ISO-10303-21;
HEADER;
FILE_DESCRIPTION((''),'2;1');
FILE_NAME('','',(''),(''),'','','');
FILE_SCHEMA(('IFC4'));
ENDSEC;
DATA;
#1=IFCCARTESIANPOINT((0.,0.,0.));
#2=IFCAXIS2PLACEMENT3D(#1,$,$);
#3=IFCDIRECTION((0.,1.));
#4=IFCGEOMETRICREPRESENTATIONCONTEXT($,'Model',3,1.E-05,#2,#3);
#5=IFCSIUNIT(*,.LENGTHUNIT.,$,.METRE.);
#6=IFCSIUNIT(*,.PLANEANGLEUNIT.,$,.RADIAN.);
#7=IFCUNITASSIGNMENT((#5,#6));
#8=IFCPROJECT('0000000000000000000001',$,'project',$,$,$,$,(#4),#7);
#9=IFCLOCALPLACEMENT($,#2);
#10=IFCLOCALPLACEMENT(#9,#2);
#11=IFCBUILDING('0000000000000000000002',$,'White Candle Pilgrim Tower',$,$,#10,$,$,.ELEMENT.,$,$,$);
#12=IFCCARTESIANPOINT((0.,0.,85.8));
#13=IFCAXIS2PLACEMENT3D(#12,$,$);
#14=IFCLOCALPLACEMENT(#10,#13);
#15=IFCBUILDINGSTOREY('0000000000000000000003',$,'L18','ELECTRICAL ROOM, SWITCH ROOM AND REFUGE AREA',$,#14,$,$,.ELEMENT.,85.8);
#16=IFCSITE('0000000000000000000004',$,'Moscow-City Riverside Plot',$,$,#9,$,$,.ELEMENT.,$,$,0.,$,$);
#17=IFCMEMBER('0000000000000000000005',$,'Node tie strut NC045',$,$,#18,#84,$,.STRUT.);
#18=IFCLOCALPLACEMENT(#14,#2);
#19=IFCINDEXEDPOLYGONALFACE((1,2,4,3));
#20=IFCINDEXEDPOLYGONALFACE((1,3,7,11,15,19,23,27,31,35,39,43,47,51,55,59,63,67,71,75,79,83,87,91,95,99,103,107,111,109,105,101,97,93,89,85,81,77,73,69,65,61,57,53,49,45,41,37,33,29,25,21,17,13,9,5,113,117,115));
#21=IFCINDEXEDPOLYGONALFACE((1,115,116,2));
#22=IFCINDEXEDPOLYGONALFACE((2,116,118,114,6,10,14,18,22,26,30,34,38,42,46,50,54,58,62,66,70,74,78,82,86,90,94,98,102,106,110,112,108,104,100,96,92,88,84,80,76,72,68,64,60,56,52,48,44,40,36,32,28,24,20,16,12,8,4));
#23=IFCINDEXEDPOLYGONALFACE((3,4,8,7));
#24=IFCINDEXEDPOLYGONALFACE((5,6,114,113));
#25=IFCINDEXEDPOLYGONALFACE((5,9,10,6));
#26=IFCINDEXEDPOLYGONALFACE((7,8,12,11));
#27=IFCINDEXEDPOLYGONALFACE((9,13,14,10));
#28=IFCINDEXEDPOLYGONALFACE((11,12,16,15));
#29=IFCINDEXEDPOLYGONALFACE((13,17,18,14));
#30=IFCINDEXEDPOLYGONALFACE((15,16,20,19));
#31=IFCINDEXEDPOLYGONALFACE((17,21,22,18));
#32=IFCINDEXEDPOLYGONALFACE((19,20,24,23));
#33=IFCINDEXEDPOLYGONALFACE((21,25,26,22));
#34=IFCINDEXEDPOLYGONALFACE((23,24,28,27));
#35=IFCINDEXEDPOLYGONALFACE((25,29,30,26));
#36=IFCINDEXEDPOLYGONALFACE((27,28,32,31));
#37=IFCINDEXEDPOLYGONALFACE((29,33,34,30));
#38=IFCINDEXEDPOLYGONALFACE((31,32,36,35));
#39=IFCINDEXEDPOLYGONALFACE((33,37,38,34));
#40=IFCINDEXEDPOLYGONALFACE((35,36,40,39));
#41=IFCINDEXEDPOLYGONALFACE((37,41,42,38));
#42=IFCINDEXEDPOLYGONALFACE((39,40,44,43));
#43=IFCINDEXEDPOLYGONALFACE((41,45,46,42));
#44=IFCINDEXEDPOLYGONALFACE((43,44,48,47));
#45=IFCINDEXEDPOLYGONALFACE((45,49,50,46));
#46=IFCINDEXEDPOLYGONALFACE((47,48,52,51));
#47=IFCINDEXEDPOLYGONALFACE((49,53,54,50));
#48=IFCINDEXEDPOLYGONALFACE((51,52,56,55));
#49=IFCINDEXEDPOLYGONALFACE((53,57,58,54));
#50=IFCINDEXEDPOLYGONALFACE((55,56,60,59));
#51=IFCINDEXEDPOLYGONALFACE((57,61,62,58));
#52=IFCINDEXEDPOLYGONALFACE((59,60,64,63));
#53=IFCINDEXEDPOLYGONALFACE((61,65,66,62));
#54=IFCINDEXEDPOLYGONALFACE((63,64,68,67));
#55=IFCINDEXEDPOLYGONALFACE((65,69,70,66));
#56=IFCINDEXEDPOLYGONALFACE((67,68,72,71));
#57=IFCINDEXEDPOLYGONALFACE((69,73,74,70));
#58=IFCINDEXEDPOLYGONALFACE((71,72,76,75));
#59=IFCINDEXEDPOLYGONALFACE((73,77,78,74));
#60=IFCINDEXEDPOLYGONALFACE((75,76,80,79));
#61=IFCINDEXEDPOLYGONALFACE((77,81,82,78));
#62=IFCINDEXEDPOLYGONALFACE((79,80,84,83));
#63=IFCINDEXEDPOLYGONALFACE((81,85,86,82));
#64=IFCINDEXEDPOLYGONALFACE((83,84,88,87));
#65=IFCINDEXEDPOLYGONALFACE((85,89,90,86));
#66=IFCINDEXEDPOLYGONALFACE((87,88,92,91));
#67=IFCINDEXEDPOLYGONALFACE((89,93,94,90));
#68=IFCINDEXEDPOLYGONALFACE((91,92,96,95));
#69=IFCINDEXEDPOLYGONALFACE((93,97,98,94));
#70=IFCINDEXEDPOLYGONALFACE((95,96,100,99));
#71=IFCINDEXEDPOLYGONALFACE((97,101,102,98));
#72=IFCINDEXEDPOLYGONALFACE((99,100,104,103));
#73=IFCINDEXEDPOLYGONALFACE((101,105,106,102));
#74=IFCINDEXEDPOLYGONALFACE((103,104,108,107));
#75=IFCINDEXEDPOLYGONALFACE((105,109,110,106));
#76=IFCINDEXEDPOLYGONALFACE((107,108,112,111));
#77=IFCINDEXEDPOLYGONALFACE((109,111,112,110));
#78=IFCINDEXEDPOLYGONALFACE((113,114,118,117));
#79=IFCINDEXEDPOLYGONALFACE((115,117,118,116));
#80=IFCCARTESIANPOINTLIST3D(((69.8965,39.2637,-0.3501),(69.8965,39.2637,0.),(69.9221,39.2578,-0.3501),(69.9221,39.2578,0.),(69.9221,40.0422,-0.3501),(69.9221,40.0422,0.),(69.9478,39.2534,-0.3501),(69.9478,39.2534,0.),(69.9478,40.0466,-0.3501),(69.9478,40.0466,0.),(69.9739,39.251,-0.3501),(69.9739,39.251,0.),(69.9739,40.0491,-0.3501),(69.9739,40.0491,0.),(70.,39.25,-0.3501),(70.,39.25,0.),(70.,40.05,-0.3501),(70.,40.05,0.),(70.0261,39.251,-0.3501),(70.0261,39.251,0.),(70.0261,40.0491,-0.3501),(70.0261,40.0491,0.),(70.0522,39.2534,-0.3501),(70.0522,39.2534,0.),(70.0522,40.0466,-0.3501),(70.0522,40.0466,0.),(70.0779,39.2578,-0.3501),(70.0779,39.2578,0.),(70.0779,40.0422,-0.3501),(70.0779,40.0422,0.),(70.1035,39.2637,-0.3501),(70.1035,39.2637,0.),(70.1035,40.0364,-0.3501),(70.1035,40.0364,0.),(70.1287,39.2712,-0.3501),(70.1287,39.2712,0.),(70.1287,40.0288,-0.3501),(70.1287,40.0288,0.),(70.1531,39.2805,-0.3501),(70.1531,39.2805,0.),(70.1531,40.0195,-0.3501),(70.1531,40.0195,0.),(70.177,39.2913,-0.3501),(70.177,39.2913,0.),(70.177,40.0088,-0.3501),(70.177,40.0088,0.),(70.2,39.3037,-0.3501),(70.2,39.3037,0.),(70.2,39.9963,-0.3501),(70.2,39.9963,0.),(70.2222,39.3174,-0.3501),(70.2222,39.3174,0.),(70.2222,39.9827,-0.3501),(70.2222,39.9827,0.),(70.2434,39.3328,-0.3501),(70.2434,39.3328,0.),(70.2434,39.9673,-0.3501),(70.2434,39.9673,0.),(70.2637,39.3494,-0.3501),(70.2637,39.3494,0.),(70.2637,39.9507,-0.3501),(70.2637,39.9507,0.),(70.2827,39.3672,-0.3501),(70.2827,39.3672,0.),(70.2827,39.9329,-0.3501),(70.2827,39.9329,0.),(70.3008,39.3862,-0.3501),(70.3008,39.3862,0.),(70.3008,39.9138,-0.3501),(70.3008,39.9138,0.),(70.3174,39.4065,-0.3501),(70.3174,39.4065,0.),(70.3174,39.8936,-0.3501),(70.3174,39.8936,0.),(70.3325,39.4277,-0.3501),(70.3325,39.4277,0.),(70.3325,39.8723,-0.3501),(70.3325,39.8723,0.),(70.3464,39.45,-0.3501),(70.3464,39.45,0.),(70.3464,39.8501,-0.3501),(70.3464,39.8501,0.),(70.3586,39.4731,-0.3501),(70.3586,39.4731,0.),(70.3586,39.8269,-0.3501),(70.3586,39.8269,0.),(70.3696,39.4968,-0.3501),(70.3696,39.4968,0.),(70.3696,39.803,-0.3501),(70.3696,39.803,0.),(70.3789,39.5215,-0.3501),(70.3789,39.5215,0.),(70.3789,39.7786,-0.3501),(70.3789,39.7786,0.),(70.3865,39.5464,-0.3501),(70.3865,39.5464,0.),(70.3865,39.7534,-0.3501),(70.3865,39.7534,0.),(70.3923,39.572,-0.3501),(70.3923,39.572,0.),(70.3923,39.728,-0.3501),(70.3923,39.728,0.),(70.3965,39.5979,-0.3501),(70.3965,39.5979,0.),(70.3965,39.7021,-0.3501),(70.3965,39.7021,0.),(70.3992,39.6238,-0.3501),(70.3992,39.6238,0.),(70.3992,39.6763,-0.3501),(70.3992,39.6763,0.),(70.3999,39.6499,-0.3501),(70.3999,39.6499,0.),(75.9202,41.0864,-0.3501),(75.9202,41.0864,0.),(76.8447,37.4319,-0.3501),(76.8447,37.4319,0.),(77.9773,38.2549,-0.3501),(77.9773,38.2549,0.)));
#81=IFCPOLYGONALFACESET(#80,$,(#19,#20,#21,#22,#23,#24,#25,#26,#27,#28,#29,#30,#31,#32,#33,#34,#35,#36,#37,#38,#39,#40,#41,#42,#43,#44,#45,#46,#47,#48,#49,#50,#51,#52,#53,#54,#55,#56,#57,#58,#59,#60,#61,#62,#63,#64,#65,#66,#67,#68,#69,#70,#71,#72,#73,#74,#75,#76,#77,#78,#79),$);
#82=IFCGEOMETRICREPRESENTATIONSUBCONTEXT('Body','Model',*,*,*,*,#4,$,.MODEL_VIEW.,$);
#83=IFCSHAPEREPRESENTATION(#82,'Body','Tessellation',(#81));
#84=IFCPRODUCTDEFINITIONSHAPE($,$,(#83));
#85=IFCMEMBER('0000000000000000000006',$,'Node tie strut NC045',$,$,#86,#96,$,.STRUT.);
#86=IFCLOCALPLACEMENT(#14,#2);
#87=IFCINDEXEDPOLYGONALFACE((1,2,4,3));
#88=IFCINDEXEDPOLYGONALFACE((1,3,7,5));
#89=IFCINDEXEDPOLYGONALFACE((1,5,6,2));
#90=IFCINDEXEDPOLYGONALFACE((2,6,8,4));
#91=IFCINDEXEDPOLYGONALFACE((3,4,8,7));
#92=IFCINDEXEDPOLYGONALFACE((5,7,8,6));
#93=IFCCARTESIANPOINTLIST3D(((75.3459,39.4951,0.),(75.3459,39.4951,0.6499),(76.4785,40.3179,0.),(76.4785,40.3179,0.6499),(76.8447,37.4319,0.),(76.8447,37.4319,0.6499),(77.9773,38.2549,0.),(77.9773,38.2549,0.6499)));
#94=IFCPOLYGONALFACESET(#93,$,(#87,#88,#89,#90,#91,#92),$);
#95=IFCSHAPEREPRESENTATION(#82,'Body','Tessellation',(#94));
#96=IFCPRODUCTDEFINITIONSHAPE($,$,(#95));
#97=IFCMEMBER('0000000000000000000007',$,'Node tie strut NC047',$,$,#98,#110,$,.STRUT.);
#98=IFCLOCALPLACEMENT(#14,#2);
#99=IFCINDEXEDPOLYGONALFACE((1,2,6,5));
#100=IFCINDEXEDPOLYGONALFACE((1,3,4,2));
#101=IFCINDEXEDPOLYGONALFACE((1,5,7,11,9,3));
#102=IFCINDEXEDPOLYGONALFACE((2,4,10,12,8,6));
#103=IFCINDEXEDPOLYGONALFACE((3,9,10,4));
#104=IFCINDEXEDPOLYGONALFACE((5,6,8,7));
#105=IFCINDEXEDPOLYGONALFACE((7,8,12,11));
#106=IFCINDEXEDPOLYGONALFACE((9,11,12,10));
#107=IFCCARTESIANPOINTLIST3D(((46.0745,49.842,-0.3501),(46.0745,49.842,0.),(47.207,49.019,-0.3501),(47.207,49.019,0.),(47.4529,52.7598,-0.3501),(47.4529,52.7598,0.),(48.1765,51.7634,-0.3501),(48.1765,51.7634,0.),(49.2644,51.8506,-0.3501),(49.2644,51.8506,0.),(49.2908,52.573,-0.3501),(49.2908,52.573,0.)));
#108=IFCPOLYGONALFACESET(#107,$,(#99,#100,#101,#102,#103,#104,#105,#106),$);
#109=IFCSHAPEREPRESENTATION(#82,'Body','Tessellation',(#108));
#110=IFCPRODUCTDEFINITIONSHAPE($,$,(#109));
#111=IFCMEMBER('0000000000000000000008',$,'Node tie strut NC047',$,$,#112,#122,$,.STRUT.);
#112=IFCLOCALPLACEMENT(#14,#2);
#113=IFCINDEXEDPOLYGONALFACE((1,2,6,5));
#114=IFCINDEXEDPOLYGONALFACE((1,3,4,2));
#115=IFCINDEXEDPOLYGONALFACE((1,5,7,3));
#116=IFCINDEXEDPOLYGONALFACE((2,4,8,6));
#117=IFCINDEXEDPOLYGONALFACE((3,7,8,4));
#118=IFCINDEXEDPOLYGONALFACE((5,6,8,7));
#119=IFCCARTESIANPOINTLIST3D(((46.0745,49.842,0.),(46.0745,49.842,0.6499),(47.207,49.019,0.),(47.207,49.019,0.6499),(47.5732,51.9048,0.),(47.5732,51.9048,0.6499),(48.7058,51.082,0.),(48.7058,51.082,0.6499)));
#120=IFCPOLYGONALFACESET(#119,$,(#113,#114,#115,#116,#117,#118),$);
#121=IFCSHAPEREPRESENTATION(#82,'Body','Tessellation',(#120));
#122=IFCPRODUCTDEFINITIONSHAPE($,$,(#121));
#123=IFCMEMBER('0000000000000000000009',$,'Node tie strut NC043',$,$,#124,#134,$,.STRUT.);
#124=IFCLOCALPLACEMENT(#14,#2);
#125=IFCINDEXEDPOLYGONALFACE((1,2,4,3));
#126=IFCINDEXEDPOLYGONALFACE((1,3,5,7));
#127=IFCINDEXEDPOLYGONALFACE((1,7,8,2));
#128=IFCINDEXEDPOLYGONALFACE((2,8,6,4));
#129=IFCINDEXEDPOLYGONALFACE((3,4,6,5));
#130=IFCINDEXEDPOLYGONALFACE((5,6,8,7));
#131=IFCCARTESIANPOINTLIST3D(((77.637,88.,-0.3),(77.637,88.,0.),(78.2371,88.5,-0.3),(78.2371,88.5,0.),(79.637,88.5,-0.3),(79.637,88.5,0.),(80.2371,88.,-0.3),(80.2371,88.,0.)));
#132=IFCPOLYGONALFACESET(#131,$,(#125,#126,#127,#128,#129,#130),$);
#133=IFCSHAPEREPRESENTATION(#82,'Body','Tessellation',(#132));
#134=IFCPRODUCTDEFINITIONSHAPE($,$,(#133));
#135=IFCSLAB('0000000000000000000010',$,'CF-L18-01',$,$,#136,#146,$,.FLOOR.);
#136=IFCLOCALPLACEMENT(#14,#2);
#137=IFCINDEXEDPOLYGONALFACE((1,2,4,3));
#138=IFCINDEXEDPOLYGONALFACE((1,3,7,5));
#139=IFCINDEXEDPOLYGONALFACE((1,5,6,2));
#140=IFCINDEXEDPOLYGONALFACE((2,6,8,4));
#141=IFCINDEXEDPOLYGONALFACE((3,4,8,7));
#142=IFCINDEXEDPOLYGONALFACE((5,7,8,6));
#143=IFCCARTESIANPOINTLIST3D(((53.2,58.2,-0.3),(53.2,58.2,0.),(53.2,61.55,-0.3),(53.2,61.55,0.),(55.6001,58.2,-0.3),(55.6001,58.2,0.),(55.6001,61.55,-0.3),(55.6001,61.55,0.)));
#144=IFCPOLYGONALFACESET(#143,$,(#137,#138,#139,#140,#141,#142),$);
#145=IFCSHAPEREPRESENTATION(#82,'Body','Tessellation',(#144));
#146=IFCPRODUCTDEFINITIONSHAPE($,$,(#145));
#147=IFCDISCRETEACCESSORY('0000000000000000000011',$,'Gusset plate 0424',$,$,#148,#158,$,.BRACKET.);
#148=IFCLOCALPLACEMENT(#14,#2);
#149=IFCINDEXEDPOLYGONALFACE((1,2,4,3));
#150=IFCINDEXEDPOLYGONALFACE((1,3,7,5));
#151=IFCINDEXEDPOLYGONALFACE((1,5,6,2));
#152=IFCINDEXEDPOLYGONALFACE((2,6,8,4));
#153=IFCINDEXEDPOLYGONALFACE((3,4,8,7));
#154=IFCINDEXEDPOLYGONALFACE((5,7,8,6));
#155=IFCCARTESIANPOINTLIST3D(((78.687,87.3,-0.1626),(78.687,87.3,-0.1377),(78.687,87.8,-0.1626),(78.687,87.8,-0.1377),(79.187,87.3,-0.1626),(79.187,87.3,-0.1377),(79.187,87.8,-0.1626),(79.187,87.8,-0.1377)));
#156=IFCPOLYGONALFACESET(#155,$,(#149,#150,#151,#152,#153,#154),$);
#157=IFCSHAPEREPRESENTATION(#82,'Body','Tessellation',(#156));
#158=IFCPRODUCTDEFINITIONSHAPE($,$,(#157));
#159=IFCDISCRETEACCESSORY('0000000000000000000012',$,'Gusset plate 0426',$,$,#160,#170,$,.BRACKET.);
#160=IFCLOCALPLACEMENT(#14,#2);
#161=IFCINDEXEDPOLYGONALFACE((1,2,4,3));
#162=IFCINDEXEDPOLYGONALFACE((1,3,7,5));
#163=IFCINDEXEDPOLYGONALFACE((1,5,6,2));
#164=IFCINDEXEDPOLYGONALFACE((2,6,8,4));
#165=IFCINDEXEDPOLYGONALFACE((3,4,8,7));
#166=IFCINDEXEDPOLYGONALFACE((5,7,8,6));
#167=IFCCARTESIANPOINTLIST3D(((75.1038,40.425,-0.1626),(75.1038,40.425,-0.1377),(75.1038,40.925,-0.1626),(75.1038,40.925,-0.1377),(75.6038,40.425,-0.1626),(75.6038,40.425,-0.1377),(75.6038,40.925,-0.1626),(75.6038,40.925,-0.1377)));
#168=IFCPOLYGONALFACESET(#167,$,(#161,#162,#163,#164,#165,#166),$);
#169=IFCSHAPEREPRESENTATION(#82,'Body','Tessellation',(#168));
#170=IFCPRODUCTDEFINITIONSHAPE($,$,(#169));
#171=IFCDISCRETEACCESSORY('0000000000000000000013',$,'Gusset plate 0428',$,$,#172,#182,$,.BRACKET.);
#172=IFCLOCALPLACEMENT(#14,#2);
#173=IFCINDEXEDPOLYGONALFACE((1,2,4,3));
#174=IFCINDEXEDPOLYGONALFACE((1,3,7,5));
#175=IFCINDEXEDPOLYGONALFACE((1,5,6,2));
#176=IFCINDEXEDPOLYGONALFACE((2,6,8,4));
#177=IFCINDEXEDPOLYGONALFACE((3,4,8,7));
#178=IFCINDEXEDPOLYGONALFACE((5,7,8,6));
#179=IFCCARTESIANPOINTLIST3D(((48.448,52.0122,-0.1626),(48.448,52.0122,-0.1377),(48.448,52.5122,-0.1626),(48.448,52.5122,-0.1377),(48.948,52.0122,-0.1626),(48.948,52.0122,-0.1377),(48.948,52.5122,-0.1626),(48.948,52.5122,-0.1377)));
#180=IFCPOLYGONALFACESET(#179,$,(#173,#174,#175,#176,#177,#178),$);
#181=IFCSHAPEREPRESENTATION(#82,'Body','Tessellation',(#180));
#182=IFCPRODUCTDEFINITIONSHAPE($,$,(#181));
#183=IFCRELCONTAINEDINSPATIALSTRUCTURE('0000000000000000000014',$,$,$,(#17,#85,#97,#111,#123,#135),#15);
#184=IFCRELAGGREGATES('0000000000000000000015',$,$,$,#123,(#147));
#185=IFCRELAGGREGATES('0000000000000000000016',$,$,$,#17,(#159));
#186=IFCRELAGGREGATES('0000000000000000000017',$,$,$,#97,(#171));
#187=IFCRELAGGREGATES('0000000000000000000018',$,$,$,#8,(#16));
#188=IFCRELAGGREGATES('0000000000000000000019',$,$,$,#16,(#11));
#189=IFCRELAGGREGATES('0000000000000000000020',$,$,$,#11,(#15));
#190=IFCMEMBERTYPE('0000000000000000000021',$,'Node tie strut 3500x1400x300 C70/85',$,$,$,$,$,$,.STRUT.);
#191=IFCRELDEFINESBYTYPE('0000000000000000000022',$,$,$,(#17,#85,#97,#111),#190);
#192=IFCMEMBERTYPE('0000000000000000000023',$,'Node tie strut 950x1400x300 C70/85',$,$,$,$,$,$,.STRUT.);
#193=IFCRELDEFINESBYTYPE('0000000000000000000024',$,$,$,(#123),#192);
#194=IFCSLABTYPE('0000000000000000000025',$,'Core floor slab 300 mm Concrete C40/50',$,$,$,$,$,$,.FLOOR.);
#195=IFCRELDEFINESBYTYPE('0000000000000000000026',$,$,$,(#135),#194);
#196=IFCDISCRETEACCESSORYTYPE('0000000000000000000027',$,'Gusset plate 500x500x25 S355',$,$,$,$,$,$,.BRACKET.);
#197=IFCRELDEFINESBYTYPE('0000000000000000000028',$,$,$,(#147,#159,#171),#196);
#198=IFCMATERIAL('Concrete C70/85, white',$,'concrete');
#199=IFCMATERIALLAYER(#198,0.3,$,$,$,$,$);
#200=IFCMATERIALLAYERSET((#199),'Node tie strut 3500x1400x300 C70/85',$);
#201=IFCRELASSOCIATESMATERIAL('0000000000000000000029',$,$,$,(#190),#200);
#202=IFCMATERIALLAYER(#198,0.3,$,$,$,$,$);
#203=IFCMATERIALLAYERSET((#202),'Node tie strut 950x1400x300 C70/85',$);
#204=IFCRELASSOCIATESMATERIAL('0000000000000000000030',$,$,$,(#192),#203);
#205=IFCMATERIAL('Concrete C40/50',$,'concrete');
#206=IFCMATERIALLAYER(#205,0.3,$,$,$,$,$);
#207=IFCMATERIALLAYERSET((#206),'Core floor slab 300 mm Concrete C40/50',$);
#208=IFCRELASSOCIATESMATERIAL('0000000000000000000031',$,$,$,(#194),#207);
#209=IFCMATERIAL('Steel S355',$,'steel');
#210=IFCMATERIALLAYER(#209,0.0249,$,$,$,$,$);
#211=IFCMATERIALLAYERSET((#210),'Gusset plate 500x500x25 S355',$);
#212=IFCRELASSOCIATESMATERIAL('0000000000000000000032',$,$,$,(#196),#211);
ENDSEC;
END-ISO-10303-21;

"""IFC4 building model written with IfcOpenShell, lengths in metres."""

from ifc_helpers import new_model, si_unit, direction, frame, origin, origin_2d, place, context, subcontext, project, spatial, polyline, rectangle, outline, extrude, material, layer, layer_set, type_object, element, aggregate, save


model = new_model("IFC4")

# Units and contexts
model_context = context("Model", 3, precision=1e-05, world=origin(), true_north=direction((0.0, 1.0)))
body_context = subcontext(model_context, "Body", "Model", "MODEL_VIEW")
ifc_project = project(units=[si_unit("LENGTHUNIT", "METRE"), si_unit("PLANEANGLEUNIT", "RADIAN")], contexts=[model_context])

# Site, building, storey
site_placement = place(None, origin())
site = spatial("IfcSite", under=ifc_project, at=site_placement, Name="Moscow-City Riverside Plot", CompositionType="ELEMENT", RefElevation=0.0)
building_placement = place(site_placement, origin())
building = spatial("IfcBuilding", under=site, at=building_placement, Name="White Candle Pilgrim Tower", CompositionType="ELEMENT")
storey_placement = place(building_placement, frame((0.0, 0.0, 85.8)))
storey = spatial("IfcBuildingStorey", under=building, at=storey_placement, Name="L18", Description="ELECTRICAL ROOM, SWITCH ROOM AND REFUGE AREA", CompositionType="ELEMENT", Elevation=85.8)

# Members
ifc_material_1 = material(Name="Concrete C70/85, white", Category="concrete")
ifc_layer_1 = layer(ifc_material_1, 0.3)
ifc_layer_set_1 = layer_set([ifc_layer_1], Name="Node tie strut 3500x1400x300 C70/85")
member_type_1 = type_object("IfcMemberType", Name="Node tie strut 3500x1400x300 C70/85", PredefinedType="STRUT", material=ifc_layer_set_1)
member_1_placement = place(storey_placement, frame((0.0, 0.0, -0.3501)))
member_1 = element("IfcMember", 1, at=member_1_placement, inside=storey, type_object=member_type_1, Name="Node tie strut NC045", PredefinedType="STRUT", context=body_context, shape_type="SweptSolid", body=[
    extrude(outline(polyline([(76.8447, 37.4319), (77.9773, 38.2549), (75.9202, 41.0864), (69.9221, 40.0422), (69.9478, 40.0466), (69.9739, 40.0491), (70.0, 40.05), (70.0261, 40.0491), (70.0522, 40.0466), (70.0779, 40.0422), (70.1035, 40.0364), (70.1287, 40.0288), (70.1531, 40.0195), (70.177, 40.0088), (70.2, 39.9963), (70.2222, 39.9827), (70.2434, 39.9673), (70.2637, 39.9507), (70.2827, 39.9329), (70.3008, 39.9138), (70.3174, 39.8936), (70.3325, 39.8723), (70.3464, 39.8501), (70.3586, 39.8269), (70.3696, 39.803), (70.3789, 39.7786), (70.3865, 39.7534), (70.3923, 39.728), (70.3965, 39.7021), (70.3992, 39.6763), (70.3999, 39.6499), (70.3992, 39.6238), (70.3965, 39.5979), (70.3923, 39.572), (70.3865, 39.5464), (70.3789, 39.5215), (70.3696, 39.4968), (70.3586, 39.4731), (70.3464, 39.45), (70.3325, 39.4277), (70.3174, 39.4065), (70.3008, 39.3862), (70.2827, 39.3672), (70.2637, 39.3494), (70.2434, 39.3328), (70.2222, 39.3174), (70.2, 39.3037), (70.177, 39.2913), (70.1531, 39.2805), (70.1287, 39.2712), (70.1035, 39.2637), (70.0779, 39.2578), (70.0522, 39.2534), (70.0261, 39.251), (70.0, 39.25), (69.9739, 39.251), (69.9478, 39.2534), (69.9221, 39.2578), (69.8965, 39.2637), (76.8447, 37.4319)])), origin(), (0.0, 0.0, 1.0), 0.3501),
])
member_2_placement = place(storey_placement, origin())
element("IfcMember", 2, at=member_2_placement, inside=storey, type_object=member_type_1, Name="Node tie strut NC045", PredefinedType="STRUT", context=body_context, shape_type="SweptSolid", body=[
    extrude(outline(polyline([(76.8447, 37.4319), (77.9773, 38.2549), (76.4785, 40.3179), (75.3459, 39.4951), (76.8447, 37.4319)])), origin(), (0.0, 0.0, 1.0), 0.6499),
])
member_3_placement = place(storey_placement, frame((0.0, 0.0, -0.3501)))
member_3 = element("IfcMember", 3, at=member_3_placement, inside=storey, type_object=member_type_1, Name="Node tie strut NC047", PredefinedType="STRUT", context=body_context, shape_type="SweptSolid", body=[
    extrude(outline(polyline([(47.207, 49.019), (49.2644, 51.8506), (49.2908, 52.573), (48.1765, 51.7634), (47.4529, 52.7598), (46.0745, 49.842), (47.207, 49.019)])), origin(), (0.0, 0.0, 1.0), 0.3501),
])
member_4_placement = place(storey_placement, origin())
element("IfcMember", 4, at=member_4_placement, inside=storey, type_object=member_type_1, Name="Node tie strut NC047", PredefinedType="STRUT", context=body_context, shape_type="SweptSolid", body=[
    extrude(outline(polyline([(47.207, 49.019), (48.7058, 51.082), (47.5732, 51.9048), (46.0745, 49.842), (47.207, 49.019)])), origin(), (0.0, 0.0, 1.0), 0.6499),
])
ifc_layer_2 = layer(ifc_material_1, 0.3)
ifc_layer_set_2 = layer_set([ifc_layer_2], Name="Node tie strut 950x1400x300 C70/85")
member_type_2 = type_object("IfcMemberType", Name="Node tie strut 950x1400x300 C70/85", PredefinedType="STRUT", material=ifc_layer_set_2)
member_5_placement = place(storey_placement, frame((0.0, 0.0, -0.3)))
member_5 = element("IfcMember", 5, at=member_5_placement, inside=storey, type_object=member_type_2, Name="Node tie strut NC043", PredefinedType="STRUT", context=body_context, shape_type="SweptSolid", body=[
    extrude(outline(polyline([(77.637, 88.0), (80.2371, 88.0), (79.637, 88.5), (78.2371, 88.5), (77.637, 88.0)])), origin(), (0.0, 0.0, 1.0), 0.3),
])

# Slab
ifc_material_2 = material(Name="Concrete C40/50", Category="concrete")
ifc_layer_3 = layer(ifc_material_2, 0.3)
ifc_layer_set_3 = layer_set([ifc_layer_3], Name="Core floor slab 300 mm Concrete C40/50")
slab_type_1 = type_object("IfcSlabType", Name="Core floor slab 300 mm Concrete C40/50", PredefinedType="FLOOR", material=ifc_layer_set_3)
slab_1_placement = place(storey_placement, frame((0.0, 0.0, -0.3)))
element("IfcSlab", 6, at=slab_1_placement, inside=storey, type_object=slab_type_1, Name="CF-L18-01", PredefinedType="FLOOR", context=body_context, shape_type="SweptSolid", body=[
    extrude(outline(polyline([(55.6001, 58.2), (53.2, 58.2), (53.2, 61.55), (55.6001, 61.55), (55.6001, 58.2)])), origin(), (0.0, 0.0, 1.0), 0.3),
])

# Discrete accessories
ifc_material_3 = material(Name="Steel S355", Category="steel")
ifc_layer_4 = layer(ifc_material_3, 0.0249)
ifc_layer_set_4 = layer_set([ifc_layer_4], Name="Gusset plate 500x500x25 S355")
discrete_accessory_type = type_object("IfcDiscreteAccessoryType", Name="Gusset plate 500x500x25 S355", PredefinedType="BRACKET", material=ifc_layer_set_4)
discrete_accessory_1_placement = place(storey_placement, frame((78.937, 87.55, -0.1626), z_axis=(0.0, 0.0, 1.0), x_axis=(1.0, 0.0, 0.0)))
discrete_accessory_1 = element("IfcDiscreteAccessory", 7, at=discrete_accessory_1_placement, type_object=discrete_accessory_type, Name="Gusset plate 0424", PredefinedType="BRACKET", context=body_context, shape_type="SweptSolid", body=[
    extrude(rectangle(XDim=0.5, YDim=0.5, at=origin_2d()), origin(), (0.0, 0.0, 1.0), 0.0249),
])
aggregate(member_5, [discrete_accessory_1])
discrete_accessory_2_placement = place(storey_placement, frame((75.3538, 40.675, -0.1626), z_axis=(0.0, 0.0, 1.0), x_axis=(1.0, 0.0, 0.0)))
discrete_accessory_2 = element("IfcDiscreteAccessory", 8, at=discrete_accessory_2_placement, type_object=discrete_accessory_type, Name="Gusset plate 0426", PredefinedType="BRACKET", context=body_context, shape_type="SweptSolid", body=[
    extrude(rectangle(XDim=0.5, YDim=0.5, at=origin_2d()), origin(), (0.0, 0.0, 1.0), 0.0249),
])
aggregate(member_1, [discrete_accessory_2])
discrete_accessory_3_placement = place(storey_placement, frame((48.698, 52.2622, -0.1626), z_axis=(0.0, 0.0, 1.0), x_axis=(1.0, 0.0, 0.0)))
discrete_accessory_3 = element("IfcDiscreteAccessory", 9, at=discrete_accessory_3_placement, type_object=discrete_accessory_type, Name="Gusset plate 0428", PredefinedType="BRACKET", context=body_context, shape_type="SweptSolid", body=[
    extrude(rectangle(XDim=0.5, YDim=0.5, at=origin_2d()), origin(), (0.0, 0.0, 1.0), 0.0249),
])
aggregate(member_3, [discrete_accessory_3])

save(model, "model.ifc")
